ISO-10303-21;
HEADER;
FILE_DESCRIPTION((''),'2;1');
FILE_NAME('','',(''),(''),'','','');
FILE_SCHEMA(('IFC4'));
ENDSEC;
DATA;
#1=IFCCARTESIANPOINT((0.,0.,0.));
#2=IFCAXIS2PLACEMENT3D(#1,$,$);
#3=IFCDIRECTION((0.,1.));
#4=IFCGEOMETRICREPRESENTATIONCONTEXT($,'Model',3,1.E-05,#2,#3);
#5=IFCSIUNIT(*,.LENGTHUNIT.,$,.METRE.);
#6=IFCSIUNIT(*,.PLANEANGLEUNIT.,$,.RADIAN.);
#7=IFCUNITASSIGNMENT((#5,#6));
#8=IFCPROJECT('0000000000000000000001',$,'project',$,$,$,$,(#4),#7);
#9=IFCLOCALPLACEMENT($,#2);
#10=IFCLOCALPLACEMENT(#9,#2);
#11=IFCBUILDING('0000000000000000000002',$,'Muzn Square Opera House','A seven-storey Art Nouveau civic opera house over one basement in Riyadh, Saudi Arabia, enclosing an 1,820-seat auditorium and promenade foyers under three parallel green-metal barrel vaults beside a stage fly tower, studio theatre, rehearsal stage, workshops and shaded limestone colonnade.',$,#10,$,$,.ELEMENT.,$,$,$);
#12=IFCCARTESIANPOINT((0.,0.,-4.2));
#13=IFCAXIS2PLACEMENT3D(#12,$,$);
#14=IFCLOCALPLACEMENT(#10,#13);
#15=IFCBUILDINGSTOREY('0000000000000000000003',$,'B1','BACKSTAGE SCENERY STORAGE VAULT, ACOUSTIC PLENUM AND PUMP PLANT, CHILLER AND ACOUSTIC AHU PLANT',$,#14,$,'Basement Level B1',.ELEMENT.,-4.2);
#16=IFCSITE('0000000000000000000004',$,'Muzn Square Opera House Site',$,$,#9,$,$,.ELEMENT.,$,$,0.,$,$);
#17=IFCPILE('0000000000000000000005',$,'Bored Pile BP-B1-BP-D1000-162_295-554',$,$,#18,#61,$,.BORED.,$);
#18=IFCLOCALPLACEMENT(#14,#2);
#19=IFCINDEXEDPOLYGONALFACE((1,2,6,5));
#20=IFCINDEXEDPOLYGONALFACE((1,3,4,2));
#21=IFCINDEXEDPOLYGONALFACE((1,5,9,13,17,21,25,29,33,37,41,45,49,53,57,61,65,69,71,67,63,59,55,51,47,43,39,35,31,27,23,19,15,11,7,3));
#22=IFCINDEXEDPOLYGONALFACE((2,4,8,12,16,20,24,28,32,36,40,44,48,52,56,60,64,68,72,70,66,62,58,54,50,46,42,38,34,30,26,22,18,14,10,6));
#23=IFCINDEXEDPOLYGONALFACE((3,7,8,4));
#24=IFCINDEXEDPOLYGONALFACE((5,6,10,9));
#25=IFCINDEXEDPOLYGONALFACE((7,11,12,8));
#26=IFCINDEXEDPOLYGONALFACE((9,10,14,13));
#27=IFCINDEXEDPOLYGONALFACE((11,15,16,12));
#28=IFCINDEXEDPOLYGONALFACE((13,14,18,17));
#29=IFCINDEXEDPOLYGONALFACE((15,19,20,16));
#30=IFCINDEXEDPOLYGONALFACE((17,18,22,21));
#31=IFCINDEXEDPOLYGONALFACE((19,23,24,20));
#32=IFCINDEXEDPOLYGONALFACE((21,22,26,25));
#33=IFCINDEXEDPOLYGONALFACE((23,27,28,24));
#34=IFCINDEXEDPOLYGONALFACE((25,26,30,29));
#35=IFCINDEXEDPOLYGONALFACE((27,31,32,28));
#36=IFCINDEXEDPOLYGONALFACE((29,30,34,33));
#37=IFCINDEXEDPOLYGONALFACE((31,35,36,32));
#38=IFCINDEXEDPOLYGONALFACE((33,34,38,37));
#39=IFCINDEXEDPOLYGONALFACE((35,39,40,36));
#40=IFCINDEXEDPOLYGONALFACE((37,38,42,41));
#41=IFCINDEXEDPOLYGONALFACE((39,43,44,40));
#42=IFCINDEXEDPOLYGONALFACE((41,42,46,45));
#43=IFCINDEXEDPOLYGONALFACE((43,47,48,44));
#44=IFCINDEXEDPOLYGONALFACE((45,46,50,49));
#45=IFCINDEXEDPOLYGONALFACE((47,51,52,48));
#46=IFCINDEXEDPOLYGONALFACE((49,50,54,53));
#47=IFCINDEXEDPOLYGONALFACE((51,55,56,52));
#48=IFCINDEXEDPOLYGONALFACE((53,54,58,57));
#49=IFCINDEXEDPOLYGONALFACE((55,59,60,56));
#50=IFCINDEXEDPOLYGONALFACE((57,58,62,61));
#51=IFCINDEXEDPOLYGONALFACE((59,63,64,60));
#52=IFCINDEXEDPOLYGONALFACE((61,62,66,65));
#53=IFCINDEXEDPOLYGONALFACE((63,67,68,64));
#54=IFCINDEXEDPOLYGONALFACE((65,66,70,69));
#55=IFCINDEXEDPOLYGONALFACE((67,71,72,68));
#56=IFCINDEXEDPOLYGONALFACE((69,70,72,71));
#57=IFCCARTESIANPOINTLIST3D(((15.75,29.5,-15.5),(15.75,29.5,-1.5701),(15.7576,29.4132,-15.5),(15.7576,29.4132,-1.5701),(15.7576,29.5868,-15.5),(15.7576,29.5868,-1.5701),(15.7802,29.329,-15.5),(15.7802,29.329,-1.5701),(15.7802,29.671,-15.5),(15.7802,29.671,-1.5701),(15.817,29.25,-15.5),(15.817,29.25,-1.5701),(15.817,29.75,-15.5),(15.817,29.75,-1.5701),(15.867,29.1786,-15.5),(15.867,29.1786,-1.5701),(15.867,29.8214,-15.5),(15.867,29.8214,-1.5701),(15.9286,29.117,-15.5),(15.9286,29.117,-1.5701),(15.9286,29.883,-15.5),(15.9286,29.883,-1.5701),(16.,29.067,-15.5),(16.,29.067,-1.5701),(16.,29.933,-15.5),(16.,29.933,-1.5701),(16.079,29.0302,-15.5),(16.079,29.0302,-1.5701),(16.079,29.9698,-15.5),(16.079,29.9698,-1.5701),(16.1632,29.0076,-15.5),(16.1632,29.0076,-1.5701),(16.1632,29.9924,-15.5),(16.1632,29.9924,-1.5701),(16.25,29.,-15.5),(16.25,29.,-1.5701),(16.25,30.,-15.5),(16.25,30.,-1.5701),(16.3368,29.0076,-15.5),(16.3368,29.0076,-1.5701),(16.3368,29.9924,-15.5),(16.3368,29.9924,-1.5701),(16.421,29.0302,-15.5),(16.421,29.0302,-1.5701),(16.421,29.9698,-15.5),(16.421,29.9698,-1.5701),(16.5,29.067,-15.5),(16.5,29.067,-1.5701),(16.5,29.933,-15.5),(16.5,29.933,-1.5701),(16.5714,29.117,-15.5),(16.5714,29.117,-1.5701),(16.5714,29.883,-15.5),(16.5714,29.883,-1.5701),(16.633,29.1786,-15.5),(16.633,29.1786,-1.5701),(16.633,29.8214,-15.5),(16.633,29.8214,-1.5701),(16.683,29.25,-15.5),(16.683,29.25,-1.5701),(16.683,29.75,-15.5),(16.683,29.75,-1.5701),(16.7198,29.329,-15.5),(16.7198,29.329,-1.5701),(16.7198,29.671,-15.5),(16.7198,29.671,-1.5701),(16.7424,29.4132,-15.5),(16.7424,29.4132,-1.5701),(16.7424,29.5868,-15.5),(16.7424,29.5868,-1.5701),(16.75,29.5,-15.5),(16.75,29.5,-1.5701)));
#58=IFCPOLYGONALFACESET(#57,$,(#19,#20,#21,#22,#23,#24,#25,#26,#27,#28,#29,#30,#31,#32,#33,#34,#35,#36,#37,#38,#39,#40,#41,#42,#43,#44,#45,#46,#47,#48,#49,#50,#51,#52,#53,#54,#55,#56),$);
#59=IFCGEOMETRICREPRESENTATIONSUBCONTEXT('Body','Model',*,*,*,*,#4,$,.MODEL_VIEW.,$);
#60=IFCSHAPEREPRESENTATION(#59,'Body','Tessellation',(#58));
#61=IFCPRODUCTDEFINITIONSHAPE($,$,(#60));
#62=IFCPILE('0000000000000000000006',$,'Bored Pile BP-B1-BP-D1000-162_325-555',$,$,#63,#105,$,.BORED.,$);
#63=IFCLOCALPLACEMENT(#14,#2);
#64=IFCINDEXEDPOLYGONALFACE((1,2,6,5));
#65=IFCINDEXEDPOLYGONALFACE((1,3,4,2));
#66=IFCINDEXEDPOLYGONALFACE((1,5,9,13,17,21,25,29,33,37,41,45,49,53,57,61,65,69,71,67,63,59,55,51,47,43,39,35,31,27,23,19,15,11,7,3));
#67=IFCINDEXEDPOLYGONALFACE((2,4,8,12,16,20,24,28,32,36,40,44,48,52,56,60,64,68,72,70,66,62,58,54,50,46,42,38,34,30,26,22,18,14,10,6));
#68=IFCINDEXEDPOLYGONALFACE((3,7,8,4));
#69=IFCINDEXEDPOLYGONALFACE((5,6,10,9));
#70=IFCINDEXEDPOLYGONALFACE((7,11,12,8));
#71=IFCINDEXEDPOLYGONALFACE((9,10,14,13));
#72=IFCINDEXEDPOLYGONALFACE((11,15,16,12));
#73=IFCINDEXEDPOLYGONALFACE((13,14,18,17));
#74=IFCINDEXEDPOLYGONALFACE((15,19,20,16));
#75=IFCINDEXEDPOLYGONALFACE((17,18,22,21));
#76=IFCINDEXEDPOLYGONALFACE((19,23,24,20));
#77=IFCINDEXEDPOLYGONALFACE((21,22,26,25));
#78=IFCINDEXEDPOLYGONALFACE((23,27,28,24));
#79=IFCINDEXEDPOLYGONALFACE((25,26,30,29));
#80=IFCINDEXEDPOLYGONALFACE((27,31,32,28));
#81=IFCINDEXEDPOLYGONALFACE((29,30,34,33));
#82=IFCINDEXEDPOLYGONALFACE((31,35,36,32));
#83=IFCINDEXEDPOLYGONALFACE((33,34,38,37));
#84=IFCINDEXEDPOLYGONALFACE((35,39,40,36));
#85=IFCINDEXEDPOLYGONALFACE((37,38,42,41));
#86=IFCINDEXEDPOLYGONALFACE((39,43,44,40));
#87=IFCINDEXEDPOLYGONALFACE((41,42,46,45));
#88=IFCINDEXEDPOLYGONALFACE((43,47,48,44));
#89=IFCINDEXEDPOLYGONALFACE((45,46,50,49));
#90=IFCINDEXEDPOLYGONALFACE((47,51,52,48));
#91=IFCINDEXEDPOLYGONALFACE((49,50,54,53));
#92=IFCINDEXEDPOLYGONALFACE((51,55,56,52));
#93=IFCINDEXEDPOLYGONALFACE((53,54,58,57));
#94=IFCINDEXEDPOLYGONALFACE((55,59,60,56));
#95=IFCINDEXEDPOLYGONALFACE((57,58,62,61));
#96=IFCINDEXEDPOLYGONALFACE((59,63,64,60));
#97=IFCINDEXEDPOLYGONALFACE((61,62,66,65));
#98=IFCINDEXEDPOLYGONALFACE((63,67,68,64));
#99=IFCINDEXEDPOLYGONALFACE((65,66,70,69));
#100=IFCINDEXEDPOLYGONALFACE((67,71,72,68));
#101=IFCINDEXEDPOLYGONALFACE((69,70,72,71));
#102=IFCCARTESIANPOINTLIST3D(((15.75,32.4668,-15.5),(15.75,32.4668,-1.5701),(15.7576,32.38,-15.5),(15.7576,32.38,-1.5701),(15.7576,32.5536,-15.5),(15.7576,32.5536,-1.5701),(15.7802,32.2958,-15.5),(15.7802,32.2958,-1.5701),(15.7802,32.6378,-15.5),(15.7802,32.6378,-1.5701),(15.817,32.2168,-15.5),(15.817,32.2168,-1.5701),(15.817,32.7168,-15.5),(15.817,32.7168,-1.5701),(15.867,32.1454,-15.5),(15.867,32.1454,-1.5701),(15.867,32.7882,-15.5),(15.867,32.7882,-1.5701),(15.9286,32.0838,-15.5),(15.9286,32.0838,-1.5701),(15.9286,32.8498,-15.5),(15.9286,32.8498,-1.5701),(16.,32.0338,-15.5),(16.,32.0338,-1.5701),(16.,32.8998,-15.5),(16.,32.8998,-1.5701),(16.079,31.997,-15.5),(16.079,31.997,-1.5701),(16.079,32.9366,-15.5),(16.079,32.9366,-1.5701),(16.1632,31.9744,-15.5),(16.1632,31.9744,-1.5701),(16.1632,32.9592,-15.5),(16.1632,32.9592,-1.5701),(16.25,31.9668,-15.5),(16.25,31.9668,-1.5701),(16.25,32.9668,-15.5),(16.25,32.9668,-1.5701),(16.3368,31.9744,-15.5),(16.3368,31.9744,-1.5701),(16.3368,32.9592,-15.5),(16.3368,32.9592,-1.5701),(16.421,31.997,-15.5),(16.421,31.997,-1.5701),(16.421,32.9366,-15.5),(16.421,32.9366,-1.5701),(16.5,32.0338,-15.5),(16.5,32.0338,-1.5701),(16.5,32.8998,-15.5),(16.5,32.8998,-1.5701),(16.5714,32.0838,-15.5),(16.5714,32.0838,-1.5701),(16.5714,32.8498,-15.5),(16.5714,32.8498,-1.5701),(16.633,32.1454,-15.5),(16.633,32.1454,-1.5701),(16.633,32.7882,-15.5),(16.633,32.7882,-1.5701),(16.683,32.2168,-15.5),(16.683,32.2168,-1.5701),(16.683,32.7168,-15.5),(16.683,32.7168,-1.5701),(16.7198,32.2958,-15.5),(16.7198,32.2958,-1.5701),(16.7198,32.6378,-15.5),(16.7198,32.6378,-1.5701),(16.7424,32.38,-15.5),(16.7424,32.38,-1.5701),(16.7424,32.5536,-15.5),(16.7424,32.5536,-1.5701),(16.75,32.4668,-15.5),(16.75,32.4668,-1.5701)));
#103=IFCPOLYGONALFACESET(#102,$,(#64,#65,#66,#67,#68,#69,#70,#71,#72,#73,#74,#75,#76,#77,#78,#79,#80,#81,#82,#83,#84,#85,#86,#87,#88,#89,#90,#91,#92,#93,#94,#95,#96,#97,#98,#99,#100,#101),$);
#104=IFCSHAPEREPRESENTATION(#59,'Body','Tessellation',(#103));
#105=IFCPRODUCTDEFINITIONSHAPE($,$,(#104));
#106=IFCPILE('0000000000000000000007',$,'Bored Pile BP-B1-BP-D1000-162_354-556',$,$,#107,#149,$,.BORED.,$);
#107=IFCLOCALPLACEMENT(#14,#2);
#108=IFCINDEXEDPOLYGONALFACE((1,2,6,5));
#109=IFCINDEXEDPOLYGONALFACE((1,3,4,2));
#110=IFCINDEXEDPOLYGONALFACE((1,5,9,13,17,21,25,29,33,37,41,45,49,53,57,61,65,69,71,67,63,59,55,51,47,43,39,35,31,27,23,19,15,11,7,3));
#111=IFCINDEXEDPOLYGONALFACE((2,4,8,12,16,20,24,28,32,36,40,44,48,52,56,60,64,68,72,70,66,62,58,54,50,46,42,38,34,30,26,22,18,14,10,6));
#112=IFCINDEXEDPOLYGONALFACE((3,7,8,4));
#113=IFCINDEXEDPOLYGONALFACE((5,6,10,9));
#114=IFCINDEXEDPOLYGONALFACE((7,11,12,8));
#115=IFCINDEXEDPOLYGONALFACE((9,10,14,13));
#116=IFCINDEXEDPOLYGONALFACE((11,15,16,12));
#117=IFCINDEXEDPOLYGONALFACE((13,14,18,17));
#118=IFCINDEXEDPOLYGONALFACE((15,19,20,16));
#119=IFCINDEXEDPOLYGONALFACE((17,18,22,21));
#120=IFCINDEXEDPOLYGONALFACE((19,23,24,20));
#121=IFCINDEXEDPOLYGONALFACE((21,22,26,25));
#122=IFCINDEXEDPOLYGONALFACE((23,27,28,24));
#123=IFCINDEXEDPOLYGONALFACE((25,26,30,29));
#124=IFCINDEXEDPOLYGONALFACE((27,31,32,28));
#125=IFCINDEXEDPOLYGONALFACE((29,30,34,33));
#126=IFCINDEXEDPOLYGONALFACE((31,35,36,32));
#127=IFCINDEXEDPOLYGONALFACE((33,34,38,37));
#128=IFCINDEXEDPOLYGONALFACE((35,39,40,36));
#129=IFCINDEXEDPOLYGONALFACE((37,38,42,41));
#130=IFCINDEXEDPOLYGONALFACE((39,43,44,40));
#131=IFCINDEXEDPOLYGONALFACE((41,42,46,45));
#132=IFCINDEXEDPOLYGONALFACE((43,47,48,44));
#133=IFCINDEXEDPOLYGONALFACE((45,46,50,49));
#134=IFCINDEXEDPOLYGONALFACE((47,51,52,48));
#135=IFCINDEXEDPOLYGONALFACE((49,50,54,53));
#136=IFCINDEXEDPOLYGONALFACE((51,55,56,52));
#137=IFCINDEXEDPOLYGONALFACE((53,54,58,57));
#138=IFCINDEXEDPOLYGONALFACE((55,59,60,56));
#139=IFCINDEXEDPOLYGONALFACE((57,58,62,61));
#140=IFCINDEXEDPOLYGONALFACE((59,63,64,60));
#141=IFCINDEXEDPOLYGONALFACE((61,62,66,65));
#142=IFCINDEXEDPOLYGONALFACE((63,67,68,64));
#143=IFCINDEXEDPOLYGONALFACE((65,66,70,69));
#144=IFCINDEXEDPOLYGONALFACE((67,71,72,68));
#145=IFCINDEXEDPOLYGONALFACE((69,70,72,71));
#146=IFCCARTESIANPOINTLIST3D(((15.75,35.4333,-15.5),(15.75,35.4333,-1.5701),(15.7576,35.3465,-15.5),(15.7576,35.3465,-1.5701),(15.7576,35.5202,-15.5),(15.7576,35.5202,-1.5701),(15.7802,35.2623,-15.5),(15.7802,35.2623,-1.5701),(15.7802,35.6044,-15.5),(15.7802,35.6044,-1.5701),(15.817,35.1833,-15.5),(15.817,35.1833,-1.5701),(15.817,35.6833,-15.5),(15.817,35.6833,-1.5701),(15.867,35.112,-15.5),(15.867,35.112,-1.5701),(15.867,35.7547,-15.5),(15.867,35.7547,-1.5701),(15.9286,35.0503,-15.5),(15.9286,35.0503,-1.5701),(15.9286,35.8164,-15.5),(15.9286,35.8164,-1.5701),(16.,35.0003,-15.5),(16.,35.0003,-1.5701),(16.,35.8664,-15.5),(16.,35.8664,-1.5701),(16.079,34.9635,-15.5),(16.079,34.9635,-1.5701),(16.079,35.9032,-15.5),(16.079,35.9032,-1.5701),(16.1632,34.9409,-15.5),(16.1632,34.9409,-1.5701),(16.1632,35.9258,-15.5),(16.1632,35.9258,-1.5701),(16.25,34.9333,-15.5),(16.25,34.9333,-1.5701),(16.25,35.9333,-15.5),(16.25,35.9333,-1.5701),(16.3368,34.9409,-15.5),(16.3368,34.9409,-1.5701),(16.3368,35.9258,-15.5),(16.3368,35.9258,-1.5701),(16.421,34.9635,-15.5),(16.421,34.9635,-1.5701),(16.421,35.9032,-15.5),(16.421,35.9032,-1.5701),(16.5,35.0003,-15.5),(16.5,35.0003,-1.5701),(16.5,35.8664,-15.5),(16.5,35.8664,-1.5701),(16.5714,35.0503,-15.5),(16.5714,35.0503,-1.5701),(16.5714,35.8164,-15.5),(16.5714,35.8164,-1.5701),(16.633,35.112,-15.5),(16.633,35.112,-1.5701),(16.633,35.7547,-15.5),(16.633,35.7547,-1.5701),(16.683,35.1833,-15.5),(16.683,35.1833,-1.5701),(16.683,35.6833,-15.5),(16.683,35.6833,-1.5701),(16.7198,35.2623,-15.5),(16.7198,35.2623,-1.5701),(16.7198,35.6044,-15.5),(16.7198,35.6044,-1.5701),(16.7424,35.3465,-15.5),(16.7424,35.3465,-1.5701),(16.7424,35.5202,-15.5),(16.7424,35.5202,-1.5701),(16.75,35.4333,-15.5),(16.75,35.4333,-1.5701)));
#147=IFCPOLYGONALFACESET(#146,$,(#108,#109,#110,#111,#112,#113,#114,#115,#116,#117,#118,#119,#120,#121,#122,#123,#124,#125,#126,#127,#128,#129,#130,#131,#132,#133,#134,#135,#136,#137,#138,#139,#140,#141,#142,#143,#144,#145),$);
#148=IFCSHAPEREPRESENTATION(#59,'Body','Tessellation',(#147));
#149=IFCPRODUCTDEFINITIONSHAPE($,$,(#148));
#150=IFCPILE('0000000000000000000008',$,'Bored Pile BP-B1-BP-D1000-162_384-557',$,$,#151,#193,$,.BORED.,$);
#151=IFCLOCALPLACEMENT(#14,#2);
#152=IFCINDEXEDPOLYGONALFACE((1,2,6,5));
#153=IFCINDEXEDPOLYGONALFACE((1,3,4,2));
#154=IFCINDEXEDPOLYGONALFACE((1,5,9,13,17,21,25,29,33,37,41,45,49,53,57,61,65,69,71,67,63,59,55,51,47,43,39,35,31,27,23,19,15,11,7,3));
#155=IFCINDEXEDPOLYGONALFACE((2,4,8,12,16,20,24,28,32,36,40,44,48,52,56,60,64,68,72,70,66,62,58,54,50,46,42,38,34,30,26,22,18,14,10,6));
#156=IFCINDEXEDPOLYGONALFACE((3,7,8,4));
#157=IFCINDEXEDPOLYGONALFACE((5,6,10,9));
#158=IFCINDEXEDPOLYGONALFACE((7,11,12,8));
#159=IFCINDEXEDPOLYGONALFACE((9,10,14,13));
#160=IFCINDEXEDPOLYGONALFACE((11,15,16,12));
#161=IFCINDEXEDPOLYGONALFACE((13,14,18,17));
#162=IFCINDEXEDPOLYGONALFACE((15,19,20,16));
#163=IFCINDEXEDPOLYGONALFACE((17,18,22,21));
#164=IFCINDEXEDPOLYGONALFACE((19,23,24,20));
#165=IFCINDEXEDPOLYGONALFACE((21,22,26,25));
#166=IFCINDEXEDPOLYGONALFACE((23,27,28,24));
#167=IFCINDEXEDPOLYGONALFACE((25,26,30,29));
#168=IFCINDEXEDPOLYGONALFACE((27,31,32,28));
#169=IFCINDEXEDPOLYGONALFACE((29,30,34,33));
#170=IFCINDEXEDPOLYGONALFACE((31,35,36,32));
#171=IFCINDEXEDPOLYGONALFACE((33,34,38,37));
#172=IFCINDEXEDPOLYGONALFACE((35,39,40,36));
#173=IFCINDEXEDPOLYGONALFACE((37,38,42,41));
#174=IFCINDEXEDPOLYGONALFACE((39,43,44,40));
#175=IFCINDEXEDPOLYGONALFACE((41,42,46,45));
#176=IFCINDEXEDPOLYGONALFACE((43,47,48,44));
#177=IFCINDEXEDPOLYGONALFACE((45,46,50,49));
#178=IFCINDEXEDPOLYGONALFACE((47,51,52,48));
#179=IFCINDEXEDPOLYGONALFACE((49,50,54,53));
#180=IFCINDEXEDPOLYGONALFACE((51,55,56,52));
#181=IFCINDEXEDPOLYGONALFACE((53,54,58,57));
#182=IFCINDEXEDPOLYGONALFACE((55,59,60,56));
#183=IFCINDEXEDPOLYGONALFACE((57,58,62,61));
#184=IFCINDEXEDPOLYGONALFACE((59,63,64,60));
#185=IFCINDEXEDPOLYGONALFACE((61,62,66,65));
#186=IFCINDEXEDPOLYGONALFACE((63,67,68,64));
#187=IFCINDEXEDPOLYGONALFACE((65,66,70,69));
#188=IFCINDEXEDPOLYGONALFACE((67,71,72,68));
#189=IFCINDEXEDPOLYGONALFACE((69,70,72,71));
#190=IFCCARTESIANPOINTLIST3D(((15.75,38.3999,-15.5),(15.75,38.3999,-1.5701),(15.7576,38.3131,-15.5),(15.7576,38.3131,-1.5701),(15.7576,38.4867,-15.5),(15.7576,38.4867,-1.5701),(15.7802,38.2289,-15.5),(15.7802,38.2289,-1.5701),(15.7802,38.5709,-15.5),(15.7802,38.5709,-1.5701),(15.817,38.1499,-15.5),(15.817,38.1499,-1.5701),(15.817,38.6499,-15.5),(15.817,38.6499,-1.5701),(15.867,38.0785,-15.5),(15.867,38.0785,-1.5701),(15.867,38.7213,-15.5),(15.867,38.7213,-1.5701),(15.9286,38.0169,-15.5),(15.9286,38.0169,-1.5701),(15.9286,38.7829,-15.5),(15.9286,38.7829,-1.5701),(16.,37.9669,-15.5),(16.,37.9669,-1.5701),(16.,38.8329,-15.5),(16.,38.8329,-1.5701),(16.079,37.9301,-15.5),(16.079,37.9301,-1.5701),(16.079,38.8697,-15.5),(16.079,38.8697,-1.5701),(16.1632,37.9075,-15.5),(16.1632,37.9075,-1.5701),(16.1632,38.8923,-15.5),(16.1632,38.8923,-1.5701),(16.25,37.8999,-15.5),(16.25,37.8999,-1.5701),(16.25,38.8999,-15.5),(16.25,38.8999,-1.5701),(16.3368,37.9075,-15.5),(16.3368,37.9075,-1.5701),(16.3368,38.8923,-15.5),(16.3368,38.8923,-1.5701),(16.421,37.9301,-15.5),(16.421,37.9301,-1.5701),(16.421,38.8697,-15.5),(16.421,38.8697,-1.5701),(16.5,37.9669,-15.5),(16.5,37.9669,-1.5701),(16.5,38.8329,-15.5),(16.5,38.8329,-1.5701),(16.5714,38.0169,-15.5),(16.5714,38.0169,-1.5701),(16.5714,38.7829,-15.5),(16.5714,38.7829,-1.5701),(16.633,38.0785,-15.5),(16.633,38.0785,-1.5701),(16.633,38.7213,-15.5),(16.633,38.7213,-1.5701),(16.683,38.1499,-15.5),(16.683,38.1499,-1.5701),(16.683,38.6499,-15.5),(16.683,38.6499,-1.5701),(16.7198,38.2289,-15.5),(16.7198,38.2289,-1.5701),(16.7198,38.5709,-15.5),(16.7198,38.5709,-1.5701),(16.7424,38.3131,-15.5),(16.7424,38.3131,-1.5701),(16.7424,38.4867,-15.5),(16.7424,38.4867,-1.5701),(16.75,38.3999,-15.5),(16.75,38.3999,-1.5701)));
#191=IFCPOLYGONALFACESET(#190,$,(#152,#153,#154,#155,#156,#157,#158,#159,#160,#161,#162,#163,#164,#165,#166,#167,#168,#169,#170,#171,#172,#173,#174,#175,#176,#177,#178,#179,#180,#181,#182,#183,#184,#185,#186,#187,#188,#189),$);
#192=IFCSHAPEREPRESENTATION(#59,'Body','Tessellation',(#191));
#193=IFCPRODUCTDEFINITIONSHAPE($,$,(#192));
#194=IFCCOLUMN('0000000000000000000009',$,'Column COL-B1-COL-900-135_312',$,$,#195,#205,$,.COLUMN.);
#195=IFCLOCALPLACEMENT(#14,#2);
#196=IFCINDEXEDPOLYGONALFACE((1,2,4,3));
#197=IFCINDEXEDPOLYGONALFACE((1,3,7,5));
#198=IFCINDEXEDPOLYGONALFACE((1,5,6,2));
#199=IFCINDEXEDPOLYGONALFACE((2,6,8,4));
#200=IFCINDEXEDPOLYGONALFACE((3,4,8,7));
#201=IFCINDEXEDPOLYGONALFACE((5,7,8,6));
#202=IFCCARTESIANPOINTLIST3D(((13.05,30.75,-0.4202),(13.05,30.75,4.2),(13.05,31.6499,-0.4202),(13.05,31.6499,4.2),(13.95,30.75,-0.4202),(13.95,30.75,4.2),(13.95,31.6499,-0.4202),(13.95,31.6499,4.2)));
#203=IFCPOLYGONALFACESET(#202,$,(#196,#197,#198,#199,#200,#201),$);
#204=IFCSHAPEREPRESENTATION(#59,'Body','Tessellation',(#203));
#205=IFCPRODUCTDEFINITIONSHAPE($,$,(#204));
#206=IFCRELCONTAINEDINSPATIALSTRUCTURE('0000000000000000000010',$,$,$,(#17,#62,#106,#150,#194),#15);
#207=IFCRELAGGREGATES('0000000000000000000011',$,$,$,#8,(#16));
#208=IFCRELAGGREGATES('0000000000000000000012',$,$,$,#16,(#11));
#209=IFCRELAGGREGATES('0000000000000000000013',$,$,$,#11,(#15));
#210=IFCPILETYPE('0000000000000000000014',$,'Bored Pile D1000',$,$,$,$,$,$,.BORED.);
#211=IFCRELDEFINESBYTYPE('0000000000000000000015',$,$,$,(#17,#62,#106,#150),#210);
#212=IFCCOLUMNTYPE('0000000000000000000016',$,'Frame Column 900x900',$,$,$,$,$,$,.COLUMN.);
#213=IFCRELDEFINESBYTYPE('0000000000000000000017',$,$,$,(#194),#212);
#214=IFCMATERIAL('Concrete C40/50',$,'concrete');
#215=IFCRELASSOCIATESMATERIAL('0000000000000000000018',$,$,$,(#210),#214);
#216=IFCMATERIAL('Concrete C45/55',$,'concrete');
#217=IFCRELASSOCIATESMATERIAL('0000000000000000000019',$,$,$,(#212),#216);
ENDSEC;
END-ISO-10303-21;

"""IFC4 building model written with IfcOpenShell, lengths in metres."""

from ifc_helpers import new_model, si_unit, direction, frame, origin, origin_2d, place, context, subcontext, project, spatial, rectangle, circle, extrude, material, material_profile, profile_set, type_object, element, save


model = new_model("IFC4")

# Units and contexts
model_context = context("Model", 3, precision=1e-05, world=origin(), true_north=direction((0.0, 1.0)))
body_context = subcontext(model_context, "Body", "Model", "MODEL_VIEW")
ifc_project = project(units=[si_unit("LENGTHUNIT", "METRE"), si_unit("PLANEANGLEUNIT", "RADIAN")], contexts=[model_context])

# Site, building, storey
site_placement = place(None, origin())
site = spatial("IfcSite", under=ifc_project, at=site_placement, Name="Muzn Square Opera House Site", CompositionType="ELEMENT", RefElevation=0.0)
building_placement = place(site_placement, origin())
building = spatial("IfcBuilding", under=site, at=building_placement, Name="Muzn Square Opera House", Description="A seven-storey Art Nouveau civic opera house over one basement in Riyadh, Saudi Arabia, enclosing an 1,820-seat auditorium and promenade foyers under three parallel green-metal barrel vaults beside a stage fly tower, studio theatre, rehearsal stage, workshops and shaded limestone colonnade.", CompositionType="ELEMENT")
storey_placement = place(building_placement, frame((0.0, 0.0, -4.2)))
storey = spatial("IfcBuildingStorey", under=building, at=storey_placement, Name="B1", Description="BACKSTAGE SCENERY STORAGE VAULT, ACOUSTIC PLENUM AND PUMP PLANT, CHILLER AND ACOUSTIC AHU PLANT", LongName="Basement Level B1", CompositionType="ELEMENT", Elevation=-4.2)

# Piles
ifc_material_1 = material(Name="Concrete C40/50", Category="concrete")
ifc_material_profile_1 = material_profile(ifc_material_1, circle(Radius=0.5, at=origin_2d()), Name="BORED PILE D1000", Category="concrete")
ifc_profile_set_1 = profile_set([ifc_material_profile_1], Name="Concrete C40/50")
pile_type = type_object("IfcPileType", Name="Bored Pile D1000", PredefinedType="BORED", material=ifc_profile_set_1)
for number, where, z_axis, x_axis, name in (
    (1, (16.25, 29.5, -1.5701), (0.0, 0.0, -1.0), (1.0, 0.0, 0.0), "Bored Pile BP-B1-BP-D1000-162_295-554"),
    (2, (16.25, 32.4668, -1.5701), (0.0, 0.0, -1.0), (1.0, 0.0, 0.0), "Bored Pile BP-B1-BP-D1000-162_325-555"),
    (3, (16.25, 35.4333, -1.5701), (0.0, 0.0, -1.0), (1.0, 0.0, 0.0), "Bored Pile BP-B1-BP-D1000-162_354-556"),
    (4, (16.25, 38.3999, -1.5701), (0.0, 0.0, -1.0), (1.0, 0.0, 0.0), "Bored Pile BP-B1-BP-D1000-162_384-557"),
):
    element("IfcPile", number, at=place(storey_placement, frame(where, z_axis=z_axis, x_axis=x_axis)), inside=storey, type_object=pile_type, Name=name, PredefinedType="BORED", context=body_context, shape_type="SweptSolid", body=[
        extrude(circle(Radius=0.5, at=origin_2d()), origin(), (0.0, 0.0, 1.0), 13.9299),
    ])

# Column
ifc_material_2 = material(Name="Concrete C45/55", Category="concrete")
ifc_material_profile_2 = material_profile(ifc_material_2, rectangle(XDim=0.8999, YDim=0.8999, at=origin_2d()), Name="RC 900x900", Category="concrete")
ifc_profile_set_2 = profile_set([ifc_material_profile_2], Name="Concrete C45/55")
column_type = type_object("IfcColumnType", Name="Frame Column 900x900", PredefinedType="COLUMN", material=ifc_profile_set_2)
for number, where, z_axis, x_axis, name in (
    (5, (13.5, 31.2, -0.4202), (0.0, 0.0, 1.0), (1.0, 0.0, 0.0), "Column COL-B1-COL-900-135_312"),
):
    element("IfcColumn", number, at=place(storey_placement, frame(where, z_axis=z_axis, x_axis=x_axis)), inside=storey, type_object=column_type, Name=name, PredefinedType="COLUMN", context=body_context, shape_type="SweptSolid", body=[
        extrude(rectangle(XDim=0.8999, YDim=0.8999, at=origin_2d()), origin(), (0.0, 0.0, 1.0), 4.6201),
    ])

save(model, "model.ifc")
